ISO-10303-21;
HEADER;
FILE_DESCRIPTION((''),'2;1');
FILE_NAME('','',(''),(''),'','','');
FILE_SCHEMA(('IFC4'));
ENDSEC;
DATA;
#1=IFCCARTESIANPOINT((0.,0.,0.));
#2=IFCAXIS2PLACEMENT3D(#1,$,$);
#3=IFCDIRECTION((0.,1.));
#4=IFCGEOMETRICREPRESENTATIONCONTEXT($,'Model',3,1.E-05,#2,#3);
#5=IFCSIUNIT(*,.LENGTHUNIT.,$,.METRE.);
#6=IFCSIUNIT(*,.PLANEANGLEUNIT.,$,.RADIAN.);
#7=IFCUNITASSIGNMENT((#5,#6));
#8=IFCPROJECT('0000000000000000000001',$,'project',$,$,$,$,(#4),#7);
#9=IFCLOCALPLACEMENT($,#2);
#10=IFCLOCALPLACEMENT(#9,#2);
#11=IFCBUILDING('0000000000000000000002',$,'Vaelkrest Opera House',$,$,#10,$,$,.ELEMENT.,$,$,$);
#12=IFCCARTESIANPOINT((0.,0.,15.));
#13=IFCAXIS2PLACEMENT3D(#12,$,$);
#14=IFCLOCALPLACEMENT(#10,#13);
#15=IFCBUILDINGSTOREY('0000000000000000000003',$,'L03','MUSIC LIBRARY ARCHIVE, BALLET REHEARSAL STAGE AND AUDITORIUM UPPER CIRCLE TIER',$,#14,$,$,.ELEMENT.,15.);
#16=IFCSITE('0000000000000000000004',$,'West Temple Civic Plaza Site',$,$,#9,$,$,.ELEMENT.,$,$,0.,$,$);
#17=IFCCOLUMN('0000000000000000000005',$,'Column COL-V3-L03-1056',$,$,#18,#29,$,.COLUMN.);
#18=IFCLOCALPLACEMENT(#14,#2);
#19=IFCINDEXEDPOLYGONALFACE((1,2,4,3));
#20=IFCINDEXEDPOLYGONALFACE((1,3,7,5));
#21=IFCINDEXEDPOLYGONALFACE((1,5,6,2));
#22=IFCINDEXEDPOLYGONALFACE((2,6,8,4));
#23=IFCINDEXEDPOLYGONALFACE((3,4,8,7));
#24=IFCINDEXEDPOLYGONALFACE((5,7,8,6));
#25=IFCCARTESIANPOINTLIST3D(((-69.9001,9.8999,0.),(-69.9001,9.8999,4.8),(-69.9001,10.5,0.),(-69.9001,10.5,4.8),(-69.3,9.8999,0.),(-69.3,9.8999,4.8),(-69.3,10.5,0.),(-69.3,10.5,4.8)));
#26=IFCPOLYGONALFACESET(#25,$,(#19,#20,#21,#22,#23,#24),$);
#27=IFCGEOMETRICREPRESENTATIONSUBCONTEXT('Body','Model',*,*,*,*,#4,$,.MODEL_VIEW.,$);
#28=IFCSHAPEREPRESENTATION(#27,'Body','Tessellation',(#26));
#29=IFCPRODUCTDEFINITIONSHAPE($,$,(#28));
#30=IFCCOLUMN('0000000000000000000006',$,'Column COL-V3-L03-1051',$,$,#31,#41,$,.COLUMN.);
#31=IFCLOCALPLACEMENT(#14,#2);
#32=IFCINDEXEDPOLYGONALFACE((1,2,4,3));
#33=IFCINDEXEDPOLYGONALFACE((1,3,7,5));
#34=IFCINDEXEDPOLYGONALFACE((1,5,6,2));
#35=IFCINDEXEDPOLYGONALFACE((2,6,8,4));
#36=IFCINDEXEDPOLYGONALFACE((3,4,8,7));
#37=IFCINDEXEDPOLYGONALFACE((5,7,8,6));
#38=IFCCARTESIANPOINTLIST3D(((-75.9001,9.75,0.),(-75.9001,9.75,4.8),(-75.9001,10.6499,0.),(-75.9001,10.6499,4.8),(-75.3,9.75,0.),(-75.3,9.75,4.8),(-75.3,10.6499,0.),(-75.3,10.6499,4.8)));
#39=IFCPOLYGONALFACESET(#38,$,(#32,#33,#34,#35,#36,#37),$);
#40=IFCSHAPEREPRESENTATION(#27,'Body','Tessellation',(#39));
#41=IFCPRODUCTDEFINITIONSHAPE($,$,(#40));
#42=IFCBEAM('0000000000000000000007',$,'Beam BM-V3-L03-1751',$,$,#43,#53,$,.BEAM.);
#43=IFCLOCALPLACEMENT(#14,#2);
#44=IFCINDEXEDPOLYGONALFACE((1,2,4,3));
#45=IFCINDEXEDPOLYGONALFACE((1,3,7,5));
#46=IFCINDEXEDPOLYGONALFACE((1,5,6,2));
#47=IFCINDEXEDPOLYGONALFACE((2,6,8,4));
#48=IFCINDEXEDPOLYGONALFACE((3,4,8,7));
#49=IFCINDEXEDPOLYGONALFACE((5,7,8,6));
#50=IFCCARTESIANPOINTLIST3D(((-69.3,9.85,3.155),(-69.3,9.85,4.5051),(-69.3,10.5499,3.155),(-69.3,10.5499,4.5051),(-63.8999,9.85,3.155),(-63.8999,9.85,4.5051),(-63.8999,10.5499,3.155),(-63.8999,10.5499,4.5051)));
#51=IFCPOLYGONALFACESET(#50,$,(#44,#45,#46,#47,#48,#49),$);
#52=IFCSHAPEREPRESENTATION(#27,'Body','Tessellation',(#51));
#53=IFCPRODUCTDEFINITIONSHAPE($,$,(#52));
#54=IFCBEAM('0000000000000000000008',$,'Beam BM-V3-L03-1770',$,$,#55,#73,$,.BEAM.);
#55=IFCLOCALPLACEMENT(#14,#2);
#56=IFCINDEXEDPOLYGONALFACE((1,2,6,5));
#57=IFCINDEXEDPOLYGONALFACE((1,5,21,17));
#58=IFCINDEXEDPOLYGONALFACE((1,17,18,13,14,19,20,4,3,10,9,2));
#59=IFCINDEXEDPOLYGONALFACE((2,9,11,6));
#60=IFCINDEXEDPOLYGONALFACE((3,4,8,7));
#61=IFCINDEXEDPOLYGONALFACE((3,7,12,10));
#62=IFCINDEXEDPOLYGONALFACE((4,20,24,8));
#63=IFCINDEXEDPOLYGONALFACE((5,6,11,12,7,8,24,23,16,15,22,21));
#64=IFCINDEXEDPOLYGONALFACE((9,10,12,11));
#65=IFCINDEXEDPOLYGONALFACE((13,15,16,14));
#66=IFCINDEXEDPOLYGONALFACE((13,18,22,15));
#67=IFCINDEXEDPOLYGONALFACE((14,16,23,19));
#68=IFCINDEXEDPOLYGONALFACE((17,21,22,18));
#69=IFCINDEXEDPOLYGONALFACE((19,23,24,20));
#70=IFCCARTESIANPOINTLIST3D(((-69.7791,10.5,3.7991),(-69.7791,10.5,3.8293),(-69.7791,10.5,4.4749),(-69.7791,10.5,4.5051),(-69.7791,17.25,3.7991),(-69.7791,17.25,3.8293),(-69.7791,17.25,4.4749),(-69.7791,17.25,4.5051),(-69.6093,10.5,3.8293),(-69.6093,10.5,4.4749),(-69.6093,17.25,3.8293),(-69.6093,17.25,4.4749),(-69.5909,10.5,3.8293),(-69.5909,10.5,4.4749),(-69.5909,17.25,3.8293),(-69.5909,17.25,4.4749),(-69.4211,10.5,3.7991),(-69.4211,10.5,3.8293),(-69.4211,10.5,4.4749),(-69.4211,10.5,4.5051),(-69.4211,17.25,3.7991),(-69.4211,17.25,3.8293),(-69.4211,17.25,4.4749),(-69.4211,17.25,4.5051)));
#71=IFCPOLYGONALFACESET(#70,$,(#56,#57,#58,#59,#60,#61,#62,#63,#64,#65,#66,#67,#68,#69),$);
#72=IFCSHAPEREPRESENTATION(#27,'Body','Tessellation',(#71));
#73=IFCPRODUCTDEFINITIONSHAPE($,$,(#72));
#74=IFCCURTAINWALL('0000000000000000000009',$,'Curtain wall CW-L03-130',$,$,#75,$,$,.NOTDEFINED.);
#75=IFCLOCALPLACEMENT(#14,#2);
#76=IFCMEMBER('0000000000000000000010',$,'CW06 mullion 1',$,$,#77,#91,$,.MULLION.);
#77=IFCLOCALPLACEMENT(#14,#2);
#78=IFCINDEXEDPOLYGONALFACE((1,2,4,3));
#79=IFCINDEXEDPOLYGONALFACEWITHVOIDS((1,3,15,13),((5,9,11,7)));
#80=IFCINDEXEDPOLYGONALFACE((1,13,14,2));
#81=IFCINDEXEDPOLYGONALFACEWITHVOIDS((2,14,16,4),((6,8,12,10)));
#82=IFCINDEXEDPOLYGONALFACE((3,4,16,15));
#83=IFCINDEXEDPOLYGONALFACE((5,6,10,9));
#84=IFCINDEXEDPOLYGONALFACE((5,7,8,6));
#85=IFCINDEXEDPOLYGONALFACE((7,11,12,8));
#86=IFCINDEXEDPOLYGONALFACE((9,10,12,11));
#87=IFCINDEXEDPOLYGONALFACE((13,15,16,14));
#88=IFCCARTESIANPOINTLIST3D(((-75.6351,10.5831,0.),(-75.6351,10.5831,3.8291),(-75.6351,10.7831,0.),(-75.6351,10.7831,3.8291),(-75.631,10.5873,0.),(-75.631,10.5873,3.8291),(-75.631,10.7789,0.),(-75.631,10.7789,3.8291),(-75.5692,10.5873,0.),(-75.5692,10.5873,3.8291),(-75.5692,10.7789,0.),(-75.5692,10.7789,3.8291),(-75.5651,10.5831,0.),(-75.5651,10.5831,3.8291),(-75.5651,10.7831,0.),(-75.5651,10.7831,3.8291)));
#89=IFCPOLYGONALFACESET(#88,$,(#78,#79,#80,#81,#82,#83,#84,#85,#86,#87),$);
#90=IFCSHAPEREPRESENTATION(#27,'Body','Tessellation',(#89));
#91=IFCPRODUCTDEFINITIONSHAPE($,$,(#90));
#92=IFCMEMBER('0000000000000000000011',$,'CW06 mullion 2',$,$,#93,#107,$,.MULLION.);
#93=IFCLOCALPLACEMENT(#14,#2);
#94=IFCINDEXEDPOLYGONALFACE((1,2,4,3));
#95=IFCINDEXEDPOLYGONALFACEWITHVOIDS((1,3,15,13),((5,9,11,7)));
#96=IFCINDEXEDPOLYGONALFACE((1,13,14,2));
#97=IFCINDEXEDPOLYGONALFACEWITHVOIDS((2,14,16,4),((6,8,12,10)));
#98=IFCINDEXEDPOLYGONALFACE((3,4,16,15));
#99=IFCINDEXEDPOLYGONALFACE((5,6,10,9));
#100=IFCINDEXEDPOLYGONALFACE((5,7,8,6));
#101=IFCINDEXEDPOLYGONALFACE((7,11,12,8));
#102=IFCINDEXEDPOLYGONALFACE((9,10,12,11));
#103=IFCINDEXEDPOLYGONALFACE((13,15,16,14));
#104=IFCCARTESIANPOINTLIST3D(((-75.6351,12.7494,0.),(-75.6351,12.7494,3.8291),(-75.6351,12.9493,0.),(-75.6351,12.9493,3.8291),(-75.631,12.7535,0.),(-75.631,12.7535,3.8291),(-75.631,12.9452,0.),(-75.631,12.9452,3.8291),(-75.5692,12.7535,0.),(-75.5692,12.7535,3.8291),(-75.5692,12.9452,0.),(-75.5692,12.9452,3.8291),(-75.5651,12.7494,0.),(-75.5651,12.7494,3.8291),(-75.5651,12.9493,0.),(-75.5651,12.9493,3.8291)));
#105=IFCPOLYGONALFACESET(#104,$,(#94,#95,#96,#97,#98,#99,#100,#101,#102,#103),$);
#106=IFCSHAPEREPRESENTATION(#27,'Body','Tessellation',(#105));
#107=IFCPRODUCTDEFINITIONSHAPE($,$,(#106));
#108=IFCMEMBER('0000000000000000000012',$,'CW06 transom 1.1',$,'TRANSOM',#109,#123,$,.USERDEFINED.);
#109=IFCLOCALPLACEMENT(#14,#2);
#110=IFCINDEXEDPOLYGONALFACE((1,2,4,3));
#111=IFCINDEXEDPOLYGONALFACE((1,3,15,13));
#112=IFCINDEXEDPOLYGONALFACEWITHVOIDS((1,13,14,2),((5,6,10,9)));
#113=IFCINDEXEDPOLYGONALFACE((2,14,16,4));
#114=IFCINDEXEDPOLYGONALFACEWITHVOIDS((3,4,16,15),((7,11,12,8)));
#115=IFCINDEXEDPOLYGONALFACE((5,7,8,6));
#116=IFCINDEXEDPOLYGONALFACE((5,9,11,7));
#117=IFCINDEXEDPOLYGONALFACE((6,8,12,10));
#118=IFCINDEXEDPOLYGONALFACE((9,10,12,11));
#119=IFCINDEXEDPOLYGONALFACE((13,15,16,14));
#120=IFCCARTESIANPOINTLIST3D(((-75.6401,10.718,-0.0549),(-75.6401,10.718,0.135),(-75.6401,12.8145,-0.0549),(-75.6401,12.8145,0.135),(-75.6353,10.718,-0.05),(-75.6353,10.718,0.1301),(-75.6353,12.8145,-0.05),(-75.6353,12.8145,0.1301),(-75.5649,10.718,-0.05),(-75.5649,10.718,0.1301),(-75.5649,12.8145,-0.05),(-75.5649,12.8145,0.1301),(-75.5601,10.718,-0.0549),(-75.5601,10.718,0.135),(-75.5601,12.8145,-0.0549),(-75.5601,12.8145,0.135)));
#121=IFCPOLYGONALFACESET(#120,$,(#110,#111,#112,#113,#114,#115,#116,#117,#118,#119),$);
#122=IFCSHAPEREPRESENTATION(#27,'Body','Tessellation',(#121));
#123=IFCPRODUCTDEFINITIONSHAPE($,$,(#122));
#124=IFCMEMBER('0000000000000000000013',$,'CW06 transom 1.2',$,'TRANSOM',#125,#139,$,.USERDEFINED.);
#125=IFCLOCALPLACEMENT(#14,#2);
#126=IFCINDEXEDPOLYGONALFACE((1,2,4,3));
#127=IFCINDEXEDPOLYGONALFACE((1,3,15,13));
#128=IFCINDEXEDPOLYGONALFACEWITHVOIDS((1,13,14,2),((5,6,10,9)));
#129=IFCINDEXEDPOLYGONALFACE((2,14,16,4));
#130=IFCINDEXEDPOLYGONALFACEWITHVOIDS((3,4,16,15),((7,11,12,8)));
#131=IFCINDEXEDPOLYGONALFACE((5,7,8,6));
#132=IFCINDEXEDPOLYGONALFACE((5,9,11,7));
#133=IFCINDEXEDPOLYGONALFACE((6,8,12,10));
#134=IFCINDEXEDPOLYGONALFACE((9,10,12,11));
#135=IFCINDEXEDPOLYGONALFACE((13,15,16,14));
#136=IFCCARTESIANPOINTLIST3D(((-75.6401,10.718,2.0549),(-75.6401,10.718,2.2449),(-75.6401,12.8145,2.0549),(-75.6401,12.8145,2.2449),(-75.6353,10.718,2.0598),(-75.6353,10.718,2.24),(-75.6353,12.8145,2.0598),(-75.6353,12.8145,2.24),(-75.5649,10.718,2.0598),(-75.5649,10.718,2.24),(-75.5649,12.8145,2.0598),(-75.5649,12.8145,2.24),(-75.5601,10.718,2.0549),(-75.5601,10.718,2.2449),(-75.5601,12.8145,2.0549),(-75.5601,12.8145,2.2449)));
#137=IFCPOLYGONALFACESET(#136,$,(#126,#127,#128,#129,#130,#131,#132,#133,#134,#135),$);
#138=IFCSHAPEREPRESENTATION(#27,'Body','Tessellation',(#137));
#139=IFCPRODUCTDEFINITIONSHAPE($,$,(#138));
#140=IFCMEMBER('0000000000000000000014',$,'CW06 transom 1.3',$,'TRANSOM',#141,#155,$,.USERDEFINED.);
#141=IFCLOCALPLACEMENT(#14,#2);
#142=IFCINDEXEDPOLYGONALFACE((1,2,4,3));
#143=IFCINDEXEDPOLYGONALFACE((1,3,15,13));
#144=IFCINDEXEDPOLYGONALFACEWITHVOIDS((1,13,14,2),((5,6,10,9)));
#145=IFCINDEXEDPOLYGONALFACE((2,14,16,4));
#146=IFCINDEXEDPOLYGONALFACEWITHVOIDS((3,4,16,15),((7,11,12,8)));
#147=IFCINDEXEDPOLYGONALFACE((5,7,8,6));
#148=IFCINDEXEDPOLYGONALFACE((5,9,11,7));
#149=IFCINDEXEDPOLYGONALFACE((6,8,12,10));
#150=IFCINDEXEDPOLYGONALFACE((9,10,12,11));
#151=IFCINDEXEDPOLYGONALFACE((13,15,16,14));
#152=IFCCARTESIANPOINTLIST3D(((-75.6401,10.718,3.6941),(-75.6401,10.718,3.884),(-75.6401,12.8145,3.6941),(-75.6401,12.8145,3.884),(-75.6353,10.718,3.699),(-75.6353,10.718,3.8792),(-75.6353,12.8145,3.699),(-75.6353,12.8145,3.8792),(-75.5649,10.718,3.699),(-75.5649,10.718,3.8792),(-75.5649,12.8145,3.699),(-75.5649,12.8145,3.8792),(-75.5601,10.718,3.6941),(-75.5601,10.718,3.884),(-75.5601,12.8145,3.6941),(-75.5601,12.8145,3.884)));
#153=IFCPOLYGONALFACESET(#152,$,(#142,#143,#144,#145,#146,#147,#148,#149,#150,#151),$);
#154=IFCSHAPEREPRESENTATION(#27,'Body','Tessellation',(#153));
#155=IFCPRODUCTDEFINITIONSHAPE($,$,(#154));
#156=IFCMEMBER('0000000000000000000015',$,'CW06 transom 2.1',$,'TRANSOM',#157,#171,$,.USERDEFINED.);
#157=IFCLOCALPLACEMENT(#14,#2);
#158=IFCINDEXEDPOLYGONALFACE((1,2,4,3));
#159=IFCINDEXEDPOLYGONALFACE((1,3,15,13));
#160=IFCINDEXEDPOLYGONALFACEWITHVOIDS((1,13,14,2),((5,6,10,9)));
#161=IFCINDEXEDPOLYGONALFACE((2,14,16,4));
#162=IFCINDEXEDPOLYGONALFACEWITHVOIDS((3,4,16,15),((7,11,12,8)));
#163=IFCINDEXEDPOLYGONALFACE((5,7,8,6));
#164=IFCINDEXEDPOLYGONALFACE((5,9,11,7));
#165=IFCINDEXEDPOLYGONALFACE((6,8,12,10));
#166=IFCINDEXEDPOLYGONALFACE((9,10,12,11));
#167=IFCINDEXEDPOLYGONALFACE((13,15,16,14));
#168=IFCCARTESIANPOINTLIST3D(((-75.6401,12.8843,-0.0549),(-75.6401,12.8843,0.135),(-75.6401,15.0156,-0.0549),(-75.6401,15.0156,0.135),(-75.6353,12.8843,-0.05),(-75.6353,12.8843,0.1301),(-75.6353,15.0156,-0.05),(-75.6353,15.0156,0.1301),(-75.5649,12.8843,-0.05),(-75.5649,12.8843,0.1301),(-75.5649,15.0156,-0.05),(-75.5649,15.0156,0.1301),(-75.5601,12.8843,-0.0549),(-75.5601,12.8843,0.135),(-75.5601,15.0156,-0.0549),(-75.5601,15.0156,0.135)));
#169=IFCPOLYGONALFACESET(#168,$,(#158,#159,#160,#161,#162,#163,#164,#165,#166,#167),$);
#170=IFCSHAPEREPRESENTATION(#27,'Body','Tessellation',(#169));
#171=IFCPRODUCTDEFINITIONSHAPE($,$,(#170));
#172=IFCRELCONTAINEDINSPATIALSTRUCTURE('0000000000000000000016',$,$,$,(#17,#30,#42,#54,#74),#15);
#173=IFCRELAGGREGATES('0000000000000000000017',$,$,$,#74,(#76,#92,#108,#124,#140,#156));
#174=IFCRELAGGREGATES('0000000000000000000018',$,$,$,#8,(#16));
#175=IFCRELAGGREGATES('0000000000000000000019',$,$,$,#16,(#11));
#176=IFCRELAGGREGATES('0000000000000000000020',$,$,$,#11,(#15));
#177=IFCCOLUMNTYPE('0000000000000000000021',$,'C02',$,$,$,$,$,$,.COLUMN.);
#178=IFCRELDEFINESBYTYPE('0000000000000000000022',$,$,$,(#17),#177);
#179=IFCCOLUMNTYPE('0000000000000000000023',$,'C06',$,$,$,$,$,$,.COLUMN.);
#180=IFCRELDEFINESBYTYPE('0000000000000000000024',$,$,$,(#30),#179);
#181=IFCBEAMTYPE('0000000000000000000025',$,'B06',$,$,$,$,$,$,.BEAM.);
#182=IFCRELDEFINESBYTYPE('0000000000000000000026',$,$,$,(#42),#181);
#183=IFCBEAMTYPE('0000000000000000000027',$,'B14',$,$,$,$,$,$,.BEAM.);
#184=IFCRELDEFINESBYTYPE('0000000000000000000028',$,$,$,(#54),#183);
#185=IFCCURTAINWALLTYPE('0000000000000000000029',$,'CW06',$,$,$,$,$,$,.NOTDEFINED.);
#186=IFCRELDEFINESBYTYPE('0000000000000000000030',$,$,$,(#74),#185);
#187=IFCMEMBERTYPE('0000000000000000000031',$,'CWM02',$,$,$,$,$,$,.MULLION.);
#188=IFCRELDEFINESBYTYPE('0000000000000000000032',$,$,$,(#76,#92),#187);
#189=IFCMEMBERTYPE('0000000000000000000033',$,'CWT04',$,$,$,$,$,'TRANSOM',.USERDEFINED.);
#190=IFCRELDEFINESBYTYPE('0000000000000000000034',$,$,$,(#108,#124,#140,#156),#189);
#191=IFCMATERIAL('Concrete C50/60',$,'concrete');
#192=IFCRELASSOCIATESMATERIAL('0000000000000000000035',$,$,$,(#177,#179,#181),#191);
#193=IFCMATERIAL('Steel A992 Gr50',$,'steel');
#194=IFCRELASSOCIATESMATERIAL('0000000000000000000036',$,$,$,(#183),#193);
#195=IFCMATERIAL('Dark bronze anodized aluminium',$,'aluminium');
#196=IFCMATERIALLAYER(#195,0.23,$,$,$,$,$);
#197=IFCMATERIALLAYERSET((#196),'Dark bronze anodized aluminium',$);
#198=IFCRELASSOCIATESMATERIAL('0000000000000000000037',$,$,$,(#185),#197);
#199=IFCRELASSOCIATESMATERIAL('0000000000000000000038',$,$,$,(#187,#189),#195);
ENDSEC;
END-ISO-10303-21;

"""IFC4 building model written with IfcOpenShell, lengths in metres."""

from ifc_helpers import new_model, si_unit, direction, frame, origin, origin_2d, place, context, subcontext, project, spatial, rectangle, hollow_rectangle, i_section, extrude, material, layer, layer_set, material_profile, profile_set, type_object, element, aggregate, save


model = new_model("IFC4")

# Units and contexts
model_context = context("Model", 3, precision=1e-05, world=origin(), true_north=direction((0.0, 1.0)))
body_context = subcontext(model_context, "Body", "Model", "MODEL_VIEW")
ifc_project = project(units=[si_unit("LENGTHUNIT", "METRE"), si_unit("PLANEANGLEUNIT", "RADIAN")], contexts=[model_context])

# Site, building, storey
site_placement = place(None, origin())
site = spatial("IfcSite", under=ifc_project, at=site_placement, Name="West Temple Civic Plaza Site", CompositionType="ELEMENT", RefElevation=0.0)
building_placement = place(site_placement, origin())
building = spatial("IfcBuilding", under=site, at=building_placement, Name="Vaelkrest Opera House", CompositionType="ELEMENT")
storey_placement = place(building_placement, frame((0.0, 0.0, 15.0)))
storey = spatial("IfcBuildingStorey", under=building, at=storey_placement, Name="L03", Description="MUSIC LIBRARY ARCHIVE, BALLET REHEARSAL STAGE AND AUDITORIUM UPPER CIRCLE TIER", CompositionType="ELEMENT", Elevation=15.0)

# Columns
ifc_material_1 = material(Name="Concrete C50/60", Category="concrete")
ifc_material_profile_1 = material_profile(ifc_material_1, rectangle(XDim=0.6001, YDim=0.6001, at=origin_2d()), Name="RC600X600")
ifc_profile_set_1 = profile_set([ifc_material_profile_1], Name="Concrete C50/60")
column_type_1 = type_object("IfcColumnType", Name="C02", PredefinedType="COLUMN", material=ifc_profile_set_1)
column_1_placement = place(storey_placement, frame((-69.6001, 10.2, 0.0), z_axis=(0.0, 0.0, 1.0), x_axis=(1.0, 0.0, 0.0)))
element("IfcColumn", 1, at=column_1_placement, inside=storey, type_object=column_type_1, Name="Column COL-V3-L03-1056", PredefinedType="COLUMN", context=body_context, shape_type="SweptSolid", body=[
    extrude(rectangle(XDim=0.6001, YDim=0.6001, at=origin_2d()), origin(), (0.0, 0.0, 1.0), 4.8),
])
ifc_material_profile_2 = material_profile(ifc_material_1, rectangle(XDim=0.6001, YDim=0.8999, at=origin_2d()), Name="RC600X900")
ifc_profile_set_2 = profile_set([ifc_material_profile_2], Name="Concrete C50/60")
column_type_2 = type_object("IfcColumnType", Name="C06", PredefinedType="COLUMN", material=ifc_profile_set_2)
column_2_placement = place(storey_placement, frame((-75.6001, 10.2, 0.0), z_axis=(0.0, 0.0, 1.0), x_axis=(1.0, 0.0, 0.0)))
element("IfcColumn", 2, at=column_2_placement, inside=storey, type_object=column_type_2, Name="Column COL-V3-L03-1051", PredefinedType="COLUMN", context=body_context, shape_type="SweptSolid", body=[
    extrude(rectangle(XDim=0.6001, YDim=0.8999, at=origin_2d()), origin(), (0.0, 0.0, 1.0), 4.8),
])

# Beams
ifc_material_profile_3 = material_profile(ifc_material_1, rectangle(XDim=0.7, YDim=1.3501, at=origin_2d()), Name="RCB700X1350")
ifc_profile_set_3 = profile_set([ifc_material_profile_3], Name="Concrete C50/60")
beam_type_1 = type_object("IfcBeamType", Name="B06", PredefinedType="BEAM", material=ifc_profile_set_3)
beam_1_placement = place(storey_placement, frame((-69.3, 10.2, 3.8301), z_axis=(1.0, 0.0, 0.0), x_axis=(0.0, 1.0, 0.0)))
element("IfcBeam", 3, at=beam_1_placement, inside=storey, type_object=beam_type_1, Name="Beam BM-V3-L03-1751", PredefinedType="BEAM", context=body_context, shape_type="SweptSolid", body=[
    extrude(rectangle(XDim=0.7, YDim=1.3501, at=origin_2d()), origin(), (0.0, 0.0, 1.0), 5.4001),
])
ifc_material_2 = material(Name="Steel A992 Gr50", Category="steel")
ifc_material_profile_4 = material_profile(ifc_material_2, i_section(OverallWidth=0.3579, OverallDepth=0.7061, WebThickness=0.0183, FlangeThickness=0.0303, at=origin_2d()), Name="W27X178")
ifc_profile_set_4 = profile_set([ifc_material_profile_4], Name="Steel A992 Gr50")
beam_type_2 = type_object("IfcBeamType", Name="B14", PredefinedType="BEAM", material=ifc_profile_set_4)
beam_2_placement = place(storey_placement, frame((-69.6001, 10.5, 4.1521), z_axis=(0.0, 1.0, 0.0), x_axis=(-1.0, 0.0, 0.0)))
element("IfcBeam", 4, at=beam_2_placement, inside=storey, type_object=beam_type_2, Name="Beam BM-V3-L03-1770", PredefinedType="BEAM", context=body_context, shape_type="SweptSolid", body=[
    extrude(i_section(OverallWidth=0.3579, OverallDepth=0.7061, WebThickness=0.0183, FlangeThickness=0.0303, at=origin_2d()), origin(), (0.0, 0.0, 1.0), 6.75),
])

# Curtain wall, members
ifc_material_3 = material(Name="Dark bronze anodized aluminium", Category="aluminium")
ifc_layer_1 = layer(ifc_material_3, 0.23)
ifc_layer_set_1 = layer_set([ifc_layer_1], Name="Dark bronze anodized aluminium")
curtain_wall_type = type_object("IfcCurtainWallType", Name="CW06", PredefinedType="NOTDEFINED", material=ifc_layer_set_1)
curtain_wall_placement = place(storey_placement, origin())
curtain_wall = element("IfcCurtainWall", 5, at=curtain_wall_placement, inside=storey, type_object=curtain_wall_type, Name="Curtain wall CW-L03-130", PredefinedType="NOTDEFINED")
ifc_material_profile_5 = material_profile(ifc_material_3, hollow_rectangle(XDim=0.0701, YDim=0.2, WallThickness=0.0042, at=origin_2d()), Name="CWM70X200")
ifc_profile_set_5 = profile_set([ifc_material_profile_5], Name="Dark bronze anodized aluminium")
member_type_1 = type_object("IfcMemberType", Name="CWM02", PredefinedType="MULLION", material=ifc_profile_set_5)
member_1_placement = place(storey_placement, frame((-75.6001, 10.6831, 0.0), z_axis=(0.0, 0.0, 1.0), x_axis=(-1.0, 0.0, 0.0)))
member_1 = element("IfcMember", 6, at=member_1_placement, type_object=member_type_1, Name="CW06 mullion 1", PredefinedType="MULLION", context=body_context, shape_type="SweptSolid", body=[
    extrude(hollow_rectangle(XDim=0.0701, YDim=0.2, WallThickness=0.0042, at=origin_2d()), origin(), (0.0, 0.0, 1.0), 3.8291),
])
member_2_placement = place(storey_placement, frame((-75.6001, 12.8494, 0.0), z_axis=(0.0, 0.0, 1.0), x_axis=(-1.0, 0.0, 0.0)))
member_2 = element("IfcMember", 7, at=member_2_placement, type_object=member_type_1, Name="CW06 mullion 2", PredefinedType="MULLION", context=body_context, shape_type="SweptSolid", body=[
    extrude(hollow_rectangle(XDim=0.0701, YDim=0.2, WallThickness=0.0042, at=origin_2d()), origin(), (0.0, 0.0, 1.0), 3.8291),
])
ifc_material_profile_6 = material_profile(ifc_material_3, hollow_rectangle(XDim=0.0801, YDim=0.1899, WallThickness=0.0049, at=origin_2d()), Name="CWT80X190")
ifc_profile_set_6 = profile_set([ifc_material_profile_6], Name="Dark bronze anodized aluminium")
member_type_2 = type_object("IfcMemberType", Name="CWT04", ElementType="TRANSOM", PredefinedType="USERDEFINED", material=ifc_profile_set_6)
member_3_placement = place(storey_placement, frame((-75.6001, 10.718, 0.04), z_axis=(0.0, 1.0, 0.0), x_axis=(-1.0, 0.0, 0.0)))
member_3 = element("IfcMember", 8, at=member_3_placement, type_object=member_type_2, Name="CW06 transom 1.1", ObjectType="TRANSOM", PredefinedType="USERDEFINED", context=body_context, shape_type="SweptSolid", body=[
    extrude(hollow_rectangle(XDim=0.0801, YDim=0.1899, WallThickness=0.0049, at=origin_2d()), origin(), (0.0, 0.0, 1.0), 2.0964),
])
member_4_placement = place(storey_placement, frame((-75.6001, 10.718, 2.1499), z_axis=(0.0, 1.0, 0.0), x_axis=(-1.0, 0.0, 0.0)))
member_4 = element("IfcMember", 9, at=member_4_placement, type_object=member_type_2, Name="CW06 transom 1.2", ObjectType="TRANSOM", PredefinedType="USERDEFINED", context=body_context, shape_type="SweptSolid", body=[
    extrude(hollow_rectangle(XDim=0.0801, YDim=0.1899, WallThickness=0.0049, at=origin_2d()), origin(), (0.0, 0.0, 1.0), 2.0964),
])
member_5_placement = place(storey_placement, frame((-75.6001, 10.718, 3.7891), z_axis=(0.0, 1.0, 0.0), x_axis=(-1.0, 0.0, 0.0)))
member_5 = element("IfcMember", 10, at=member_5_placement, type_object=member_type_2, Name="CW06 transom 1.3", ObjectType="TRANSOM", PredefinedType="USERDEFINED", context=body_context, shape_type="SweptSolid", body=[
    extrude(hollow_rectangle(XDim=0.0801, YDim=0.1899, WallThickness=0.0049, at=origin_2d()), origin(), (0.0, 0.0, 1.0), 2.0964),
])
member_6_placement = place(storey_placement, frame((-75.6001, 12.8843, 0.04), z_axis=(0.0, 1.0, 0.0), x_axis=(-1.0, 0.0, 0.0)))
member_6 = element("IfcMember", 11, at=member_6_placement, type_object=member_type_2, Name="CW06 transom 2.1", ObjectType="TRANSOM", PredefinedType="USERDEFINED", context=body_context, shape_type="SweptSolid", body=[
    extrude(hollow_rectangle(XDim=0.0801, YDim=0.1899, WallThickness=0.0049, at=origin_2d()), origin(), (0.0, 0.0, 1.0), 2.1313),
])

aggregate(curtain_wall, [member_1, member_2, member_3, member_4, member_5, member_6])

save(model, "model.ifc")
